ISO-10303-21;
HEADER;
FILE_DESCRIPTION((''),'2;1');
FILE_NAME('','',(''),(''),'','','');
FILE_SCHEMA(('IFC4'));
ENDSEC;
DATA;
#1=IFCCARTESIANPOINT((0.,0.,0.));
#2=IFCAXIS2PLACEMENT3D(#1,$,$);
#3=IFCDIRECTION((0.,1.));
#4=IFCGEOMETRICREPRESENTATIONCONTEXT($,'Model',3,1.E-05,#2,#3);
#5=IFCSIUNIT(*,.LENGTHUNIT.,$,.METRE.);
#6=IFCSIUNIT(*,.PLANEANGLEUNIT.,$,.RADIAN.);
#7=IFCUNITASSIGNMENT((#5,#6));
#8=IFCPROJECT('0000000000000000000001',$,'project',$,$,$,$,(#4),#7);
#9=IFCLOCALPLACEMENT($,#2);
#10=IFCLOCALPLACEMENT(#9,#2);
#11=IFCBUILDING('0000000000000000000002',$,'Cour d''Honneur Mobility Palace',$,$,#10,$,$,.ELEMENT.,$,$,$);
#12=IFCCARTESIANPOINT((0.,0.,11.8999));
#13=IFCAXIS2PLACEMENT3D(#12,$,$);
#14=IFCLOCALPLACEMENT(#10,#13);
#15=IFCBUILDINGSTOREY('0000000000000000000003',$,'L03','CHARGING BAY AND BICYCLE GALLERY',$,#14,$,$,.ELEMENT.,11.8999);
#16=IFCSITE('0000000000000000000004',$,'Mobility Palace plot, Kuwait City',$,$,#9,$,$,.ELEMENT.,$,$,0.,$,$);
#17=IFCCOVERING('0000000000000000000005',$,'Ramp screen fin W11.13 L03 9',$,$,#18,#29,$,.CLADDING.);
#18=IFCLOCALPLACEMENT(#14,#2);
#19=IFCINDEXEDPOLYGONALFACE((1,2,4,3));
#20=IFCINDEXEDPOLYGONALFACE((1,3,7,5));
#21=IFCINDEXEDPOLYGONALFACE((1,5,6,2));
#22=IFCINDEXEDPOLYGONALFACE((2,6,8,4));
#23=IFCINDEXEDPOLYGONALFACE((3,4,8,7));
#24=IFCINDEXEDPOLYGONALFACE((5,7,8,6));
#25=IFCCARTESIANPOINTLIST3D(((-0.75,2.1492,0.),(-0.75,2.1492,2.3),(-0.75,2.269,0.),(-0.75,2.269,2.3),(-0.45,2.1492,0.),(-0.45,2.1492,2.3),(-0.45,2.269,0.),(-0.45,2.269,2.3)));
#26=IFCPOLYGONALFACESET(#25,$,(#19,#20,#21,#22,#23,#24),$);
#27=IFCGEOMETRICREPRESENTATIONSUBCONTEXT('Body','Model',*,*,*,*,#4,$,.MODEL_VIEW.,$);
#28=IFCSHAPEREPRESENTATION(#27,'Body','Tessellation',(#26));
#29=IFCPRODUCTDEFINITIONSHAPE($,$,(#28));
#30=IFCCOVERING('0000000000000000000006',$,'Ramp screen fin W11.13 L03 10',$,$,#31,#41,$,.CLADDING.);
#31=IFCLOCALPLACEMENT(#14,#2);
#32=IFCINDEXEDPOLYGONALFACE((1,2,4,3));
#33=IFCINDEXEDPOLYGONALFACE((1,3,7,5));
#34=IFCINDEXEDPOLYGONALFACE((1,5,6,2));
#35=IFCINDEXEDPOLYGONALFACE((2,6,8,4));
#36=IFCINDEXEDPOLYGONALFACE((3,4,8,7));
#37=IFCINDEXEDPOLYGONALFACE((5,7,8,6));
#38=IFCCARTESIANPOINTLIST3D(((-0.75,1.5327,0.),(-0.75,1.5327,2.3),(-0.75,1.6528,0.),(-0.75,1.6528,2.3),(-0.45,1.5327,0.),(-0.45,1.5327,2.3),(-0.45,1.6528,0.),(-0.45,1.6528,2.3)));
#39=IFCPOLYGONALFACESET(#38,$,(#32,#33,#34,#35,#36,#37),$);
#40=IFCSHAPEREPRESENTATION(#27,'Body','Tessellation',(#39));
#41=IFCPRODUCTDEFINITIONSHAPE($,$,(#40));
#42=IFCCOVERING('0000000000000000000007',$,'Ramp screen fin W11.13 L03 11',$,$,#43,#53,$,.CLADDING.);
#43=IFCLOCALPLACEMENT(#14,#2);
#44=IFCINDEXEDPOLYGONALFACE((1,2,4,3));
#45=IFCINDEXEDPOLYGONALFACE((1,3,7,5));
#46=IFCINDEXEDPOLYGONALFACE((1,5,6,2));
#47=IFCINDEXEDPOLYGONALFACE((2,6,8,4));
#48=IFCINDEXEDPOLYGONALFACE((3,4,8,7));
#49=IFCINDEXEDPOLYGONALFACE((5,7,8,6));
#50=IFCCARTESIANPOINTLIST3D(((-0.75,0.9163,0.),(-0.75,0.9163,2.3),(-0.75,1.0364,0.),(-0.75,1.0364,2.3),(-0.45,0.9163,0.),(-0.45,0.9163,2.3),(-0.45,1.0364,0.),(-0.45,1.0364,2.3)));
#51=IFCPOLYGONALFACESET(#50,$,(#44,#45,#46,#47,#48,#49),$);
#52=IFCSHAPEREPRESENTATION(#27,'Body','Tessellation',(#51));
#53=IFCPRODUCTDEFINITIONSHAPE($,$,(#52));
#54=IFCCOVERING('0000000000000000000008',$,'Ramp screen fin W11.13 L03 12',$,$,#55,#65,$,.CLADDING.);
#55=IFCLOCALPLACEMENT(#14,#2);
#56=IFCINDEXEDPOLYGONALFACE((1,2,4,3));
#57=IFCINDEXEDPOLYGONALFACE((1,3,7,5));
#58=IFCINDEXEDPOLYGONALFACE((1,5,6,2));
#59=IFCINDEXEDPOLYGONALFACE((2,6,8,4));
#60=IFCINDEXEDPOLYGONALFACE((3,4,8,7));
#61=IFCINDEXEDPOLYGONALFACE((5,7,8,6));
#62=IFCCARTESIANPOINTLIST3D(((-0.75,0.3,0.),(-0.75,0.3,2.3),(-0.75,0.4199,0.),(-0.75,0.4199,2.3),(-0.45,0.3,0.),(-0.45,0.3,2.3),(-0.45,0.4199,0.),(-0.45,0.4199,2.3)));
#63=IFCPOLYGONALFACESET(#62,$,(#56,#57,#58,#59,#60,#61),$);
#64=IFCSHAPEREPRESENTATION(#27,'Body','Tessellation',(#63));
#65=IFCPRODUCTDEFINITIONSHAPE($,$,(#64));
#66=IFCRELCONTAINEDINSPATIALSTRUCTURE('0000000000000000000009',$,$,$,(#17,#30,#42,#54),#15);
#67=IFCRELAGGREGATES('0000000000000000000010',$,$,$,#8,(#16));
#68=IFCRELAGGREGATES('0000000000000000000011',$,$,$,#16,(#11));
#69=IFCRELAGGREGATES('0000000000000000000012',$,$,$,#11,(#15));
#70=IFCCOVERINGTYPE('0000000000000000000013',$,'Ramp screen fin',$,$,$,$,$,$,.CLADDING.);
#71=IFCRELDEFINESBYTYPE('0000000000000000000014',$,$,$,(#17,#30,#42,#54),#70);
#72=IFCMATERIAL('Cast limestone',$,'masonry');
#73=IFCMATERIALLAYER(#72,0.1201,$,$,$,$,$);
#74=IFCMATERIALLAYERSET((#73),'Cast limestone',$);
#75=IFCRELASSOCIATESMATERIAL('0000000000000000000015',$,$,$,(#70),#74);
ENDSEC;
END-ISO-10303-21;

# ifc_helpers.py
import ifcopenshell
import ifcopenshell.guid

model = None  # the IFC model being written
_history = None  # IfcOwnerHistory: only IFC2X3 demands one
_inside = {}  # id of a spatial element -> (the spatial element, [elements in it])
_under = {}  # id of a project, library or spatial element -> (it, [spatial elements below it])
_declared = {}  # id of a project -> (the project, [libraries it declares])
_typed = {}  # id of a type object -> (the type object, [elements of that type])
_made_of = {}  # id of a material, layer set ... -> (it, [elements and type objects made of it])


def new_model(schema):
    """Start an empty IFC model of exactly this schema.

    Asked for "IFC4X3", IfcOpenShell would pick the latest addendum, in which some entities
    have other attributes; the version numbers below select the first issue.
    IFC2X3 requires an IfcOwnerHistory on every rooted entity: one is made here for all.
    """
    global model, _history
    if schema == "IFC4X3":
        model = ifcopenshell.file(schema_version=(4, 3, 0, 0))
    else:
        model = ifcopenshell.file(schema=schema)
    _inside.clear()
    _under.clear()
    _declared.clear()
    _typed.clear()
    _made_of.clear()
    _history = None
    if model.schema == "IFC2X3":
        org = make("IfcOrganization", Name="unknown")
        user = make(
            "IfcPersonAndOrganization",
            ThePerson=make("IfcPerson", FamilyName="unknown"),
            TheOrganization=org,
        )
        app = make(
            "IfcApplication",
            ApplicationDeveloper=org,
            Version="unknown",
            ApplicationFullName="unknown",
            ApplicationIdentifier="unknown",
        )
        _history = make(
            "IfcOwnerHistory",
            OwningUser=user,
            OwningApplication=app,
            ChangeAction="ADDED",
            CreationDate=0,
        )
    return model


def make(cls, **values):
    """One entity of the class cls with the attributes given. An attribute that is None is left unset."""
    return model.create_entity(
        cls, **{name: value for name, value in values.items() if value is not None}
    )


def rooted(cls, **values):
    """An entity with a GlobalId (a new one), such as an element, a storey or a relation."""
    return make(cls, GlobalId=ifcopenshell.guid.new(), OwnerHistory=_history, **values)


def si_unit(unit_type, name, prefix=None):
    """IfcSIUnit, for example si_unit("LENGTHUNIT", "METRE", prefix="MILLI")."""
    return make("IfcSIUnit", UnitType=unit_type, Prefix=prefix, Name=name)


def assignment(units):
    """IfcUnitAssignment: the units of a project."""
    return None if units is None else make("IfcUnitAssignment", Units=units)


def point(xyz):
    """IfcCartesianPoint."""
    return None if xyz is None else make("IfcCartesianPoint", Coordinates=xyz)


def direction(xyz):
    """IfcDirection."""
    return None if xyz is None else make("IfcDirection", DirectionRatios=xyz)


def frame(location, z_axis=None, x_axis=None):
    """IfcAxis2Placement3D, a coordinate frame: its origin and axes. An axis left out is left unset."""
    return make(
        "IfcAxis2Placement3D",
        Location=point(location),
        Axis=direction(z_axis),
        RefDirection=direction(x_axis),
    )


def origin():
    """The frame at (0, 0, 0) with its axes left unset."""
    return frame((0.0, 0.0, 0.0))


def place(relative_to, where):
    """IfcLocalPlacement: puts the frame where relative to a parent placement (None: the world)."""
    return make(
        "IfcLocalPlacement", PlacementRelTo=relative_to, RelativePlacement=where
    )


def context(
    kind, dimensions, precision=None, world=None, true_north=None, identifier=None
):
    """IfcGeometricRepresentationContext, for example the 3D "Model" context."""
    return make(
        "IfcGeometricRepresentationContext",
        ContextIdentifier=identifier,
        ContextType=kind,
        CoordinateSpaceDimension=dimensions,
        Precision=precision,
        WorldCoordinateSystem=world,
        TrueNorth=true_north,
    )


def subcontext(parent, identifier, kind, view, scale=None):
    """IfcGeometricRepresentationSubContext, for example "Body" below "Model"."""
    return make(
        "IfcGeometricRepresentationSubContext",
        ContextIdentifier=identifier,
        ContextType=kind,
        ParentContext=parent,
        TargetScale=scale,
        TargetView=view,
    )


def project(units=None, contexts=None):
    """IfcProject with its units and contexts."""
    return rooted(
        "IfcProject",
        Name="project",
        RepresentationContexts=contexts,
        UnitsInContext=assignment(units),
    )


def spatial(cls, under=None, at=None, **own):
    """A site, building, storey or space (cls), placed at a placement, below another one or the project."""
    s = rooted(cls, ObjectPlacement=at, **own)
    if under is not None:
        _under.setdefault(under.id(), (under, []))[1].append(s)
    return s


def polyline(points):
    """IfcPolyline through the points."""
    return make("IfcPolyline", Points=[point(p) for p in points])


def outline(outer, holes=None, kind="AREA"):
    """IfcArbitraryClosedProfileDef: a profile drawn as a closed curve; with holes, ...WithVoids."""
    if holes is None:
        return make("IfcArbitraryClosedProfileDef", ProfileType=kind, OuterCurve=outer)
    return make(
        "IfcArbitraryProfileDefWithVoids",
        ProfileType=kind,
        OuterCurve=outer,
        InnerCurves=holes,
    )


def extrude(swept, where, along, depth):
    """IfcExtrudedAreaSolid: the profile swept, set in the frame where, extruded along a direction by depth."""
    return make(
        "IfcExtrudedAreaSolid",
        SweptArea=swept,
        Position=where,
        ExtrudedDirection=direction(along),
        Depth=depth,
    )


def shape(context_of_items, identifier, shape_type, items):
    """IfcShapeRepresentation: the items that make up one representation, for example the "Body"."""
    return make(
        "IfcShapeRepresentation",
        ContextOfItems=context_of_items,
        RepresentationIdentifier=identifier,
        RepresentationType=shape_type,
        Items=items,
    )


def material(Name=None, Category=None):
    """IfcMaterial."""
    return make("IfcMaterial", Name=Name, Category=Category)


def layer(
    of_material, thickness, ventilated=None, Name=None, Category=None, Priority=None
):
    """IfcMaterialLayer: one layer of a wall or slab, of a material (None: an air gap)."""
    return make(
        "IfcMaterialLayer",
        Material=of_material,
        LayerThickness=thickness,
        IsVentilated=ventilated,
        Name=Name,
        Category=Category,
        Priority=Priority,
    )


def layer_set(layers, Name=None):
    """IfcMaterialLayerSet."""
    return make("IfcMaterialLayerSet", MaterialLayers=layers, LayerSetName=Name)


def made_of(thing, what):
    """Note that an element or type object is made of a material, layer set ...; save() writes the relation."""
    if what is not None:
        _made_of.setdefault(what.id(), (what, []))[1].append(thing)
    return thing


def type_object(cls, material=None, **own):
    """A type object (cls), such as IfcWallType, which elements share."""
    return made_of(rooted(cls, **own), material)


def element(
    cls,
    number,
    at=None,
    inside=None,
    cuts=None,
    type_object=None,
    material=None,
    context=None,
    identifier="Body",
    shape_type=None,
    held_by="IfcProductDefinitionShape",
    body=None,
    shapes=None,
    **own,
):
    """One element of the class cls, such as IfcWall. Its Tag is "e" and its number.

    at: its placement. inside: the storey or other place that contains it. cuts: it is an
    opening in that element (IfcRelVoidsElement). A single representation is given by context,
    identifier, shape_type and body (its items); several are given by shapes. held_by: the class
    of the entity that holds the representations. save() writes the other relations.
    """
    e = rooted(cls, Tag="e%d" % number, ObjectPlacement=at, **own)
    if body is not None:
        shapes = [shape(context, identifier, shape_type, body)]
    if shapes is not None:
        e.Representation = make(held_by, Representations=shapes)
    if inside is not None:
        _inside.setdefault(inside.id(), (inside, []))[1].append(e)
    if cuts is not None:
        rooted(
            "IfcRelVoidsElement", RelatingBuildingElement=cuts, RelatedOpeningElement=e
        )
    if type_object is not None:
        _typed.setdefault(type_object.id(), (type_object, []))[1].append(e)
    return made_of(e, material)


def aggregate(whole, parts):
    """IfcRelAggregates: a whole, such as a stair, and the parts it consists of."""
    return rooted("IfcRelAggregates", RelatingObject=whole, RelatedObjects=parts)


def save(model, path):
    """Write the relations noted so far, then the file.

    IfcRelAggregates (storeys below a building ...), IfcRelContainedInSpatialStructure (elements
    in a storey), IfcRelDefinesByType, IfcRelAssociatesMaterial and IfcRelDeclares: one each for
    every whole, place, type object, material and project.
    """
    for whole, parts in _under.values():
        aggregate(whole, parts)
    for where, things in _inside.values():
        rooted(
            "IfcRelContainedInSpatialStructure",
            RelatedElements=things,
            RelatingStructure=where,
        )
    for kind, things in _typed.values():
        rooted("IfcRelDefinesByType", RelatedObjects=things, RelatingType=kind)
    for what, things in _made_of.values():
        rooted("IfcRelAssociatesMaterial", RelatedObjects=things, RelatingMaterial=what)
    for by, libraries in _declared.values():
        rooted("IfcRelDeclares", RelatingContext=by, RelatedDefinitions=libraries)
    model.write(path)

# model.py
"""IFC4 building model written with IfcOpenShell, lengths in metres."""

from ifc_helpers import new_model, si_unit, direction, frame, origin, place, context, subcontext, project, spatial, polyline, outline, extrude, material, layer, layer_set, type_object, element, save


model = new_model("IFC4")

# Units and contexts
model_context = context("Model", 3, precision=1e-05, world=origin(), true_north=direction((0.0, 1.0)))
body_context = subcontext(model_context, "Body", "Model", "MODEL_VIEW")
ifc_project = project(units=[si_unit("LENGTHUNIT", "METRE"), si_unit("PLANEANGLEUNIT", "RADIAN")], contexts=[model_context])

# Site, building, storey
site_placement = place(None, origin())
site = spatial("IfcSite", under=ifc_project, at=site_placement, Name="Mobility Palace plot, Kuwait City", CompositionType="ELEMENT", RefElevation=0.0)
building_placement = place(site_placement, origin())
building = spatial("IfcBuilding", under=site, at=building_placement, Name="Cour d'Honneur Mobility Palace", CompositionType="ELEMENT")
storey_placement = place(building_placement, frame((0.0, 0.0, 11.8999)))
storey = spatial("IfcBuildingStorey", under=building, at=storey_placement, Name="L03", Description="CHARGING BAY AND BICYCLE GALLERY", CompositionType="ELEMENT", Elevation=11.8999)

# Coverings
ifc_material_1 = material(Name="Cast limestone", Category="masonry")
ifc_layer_1 = layer(ifc_material_1, 0.1201)
ifc_layer_set_1 = layer_set([ifc_layer_1], Name="Cast limestone")
covering_type_1 = type_object("IfcCoveringType", Name="Ramp screen fin", PredefinedType="CLADDING", material=ifc_layer_set_1)
covering_1_placement = place(storey_placement, origin())
element("IfcCovering", 1, at=covering_1_placement, inside=storey, type_object=covering_type_1, Name="Ramp screen fin W11.13 L03 9", PredefinedType="CLADDING", context=body_context, shape_type="SweptSolid", body=[
    extrude(outline(polyline([(-0.45, 2.269), (-0.45, 2.1492), (-0.75, 2.1492), (-0.75, 2.269), (-0.45, 2.269)])), origin(), (0.0, 0.0, 1.0), 2.3),
])
covering_2_placement = place(storey_placement, origin())
element("IfcCovering", 2, at=covering_2_placement, inside=storey, type_object=covering_type_1, Name="Ramp screen fin W11.13 L03 10", PredefinedType="CLADDING", context=body_context, shape_type="SweptSolid", body=[
    extrude(outline(polyline([(-0.45, 1.6528), (-0.45, 1.5327), (-0.75, 1.5327), (-0.75, 1.6528), (-0.45, 1.6528)])), origin(), (0.0, 0.0, 1.0), 2.3),
])
covering_3_placement = place(storey_placement, origin())
element("IfcCovering", 3, at=covering_3_placement, inside=storey, type_object=covering_type_1, Name="Ramp screen fin W11.13 L03 11", PredefinedType="CLADDING", context=body_context, shape_type="SweptSolid", body=[
    extrude(outline(polyline([(-0.45, 1.0364), (-0.45, 0.9163), (-0.75, 0.9163), (-0.75, 1.0364), (-0.45, 1.0364)])), origin(), (0.0, 0.0, 1.0), 2.3),
])
covering_4_placement = place(storey_placement, origin())
element("IfcCovering", 4, at=covering_4_placement, inside=storey, type_object=covering_type_1, Name="Ramp screen fin W11.13 L03 12", PredefinedType="CLADDING", context=body_context, shape_type="SweptSolid", body=[
    extrude(outline(polyline([(-0.45, 0.4199), (-0.45, 0.3), (-0.75, 0.3), (-0.75, 0.4199), (-0.45, 0.4199)])), origin(), (0.0, 0.0, 1.0), 2.3),
])

save(model, "model.ifc")
